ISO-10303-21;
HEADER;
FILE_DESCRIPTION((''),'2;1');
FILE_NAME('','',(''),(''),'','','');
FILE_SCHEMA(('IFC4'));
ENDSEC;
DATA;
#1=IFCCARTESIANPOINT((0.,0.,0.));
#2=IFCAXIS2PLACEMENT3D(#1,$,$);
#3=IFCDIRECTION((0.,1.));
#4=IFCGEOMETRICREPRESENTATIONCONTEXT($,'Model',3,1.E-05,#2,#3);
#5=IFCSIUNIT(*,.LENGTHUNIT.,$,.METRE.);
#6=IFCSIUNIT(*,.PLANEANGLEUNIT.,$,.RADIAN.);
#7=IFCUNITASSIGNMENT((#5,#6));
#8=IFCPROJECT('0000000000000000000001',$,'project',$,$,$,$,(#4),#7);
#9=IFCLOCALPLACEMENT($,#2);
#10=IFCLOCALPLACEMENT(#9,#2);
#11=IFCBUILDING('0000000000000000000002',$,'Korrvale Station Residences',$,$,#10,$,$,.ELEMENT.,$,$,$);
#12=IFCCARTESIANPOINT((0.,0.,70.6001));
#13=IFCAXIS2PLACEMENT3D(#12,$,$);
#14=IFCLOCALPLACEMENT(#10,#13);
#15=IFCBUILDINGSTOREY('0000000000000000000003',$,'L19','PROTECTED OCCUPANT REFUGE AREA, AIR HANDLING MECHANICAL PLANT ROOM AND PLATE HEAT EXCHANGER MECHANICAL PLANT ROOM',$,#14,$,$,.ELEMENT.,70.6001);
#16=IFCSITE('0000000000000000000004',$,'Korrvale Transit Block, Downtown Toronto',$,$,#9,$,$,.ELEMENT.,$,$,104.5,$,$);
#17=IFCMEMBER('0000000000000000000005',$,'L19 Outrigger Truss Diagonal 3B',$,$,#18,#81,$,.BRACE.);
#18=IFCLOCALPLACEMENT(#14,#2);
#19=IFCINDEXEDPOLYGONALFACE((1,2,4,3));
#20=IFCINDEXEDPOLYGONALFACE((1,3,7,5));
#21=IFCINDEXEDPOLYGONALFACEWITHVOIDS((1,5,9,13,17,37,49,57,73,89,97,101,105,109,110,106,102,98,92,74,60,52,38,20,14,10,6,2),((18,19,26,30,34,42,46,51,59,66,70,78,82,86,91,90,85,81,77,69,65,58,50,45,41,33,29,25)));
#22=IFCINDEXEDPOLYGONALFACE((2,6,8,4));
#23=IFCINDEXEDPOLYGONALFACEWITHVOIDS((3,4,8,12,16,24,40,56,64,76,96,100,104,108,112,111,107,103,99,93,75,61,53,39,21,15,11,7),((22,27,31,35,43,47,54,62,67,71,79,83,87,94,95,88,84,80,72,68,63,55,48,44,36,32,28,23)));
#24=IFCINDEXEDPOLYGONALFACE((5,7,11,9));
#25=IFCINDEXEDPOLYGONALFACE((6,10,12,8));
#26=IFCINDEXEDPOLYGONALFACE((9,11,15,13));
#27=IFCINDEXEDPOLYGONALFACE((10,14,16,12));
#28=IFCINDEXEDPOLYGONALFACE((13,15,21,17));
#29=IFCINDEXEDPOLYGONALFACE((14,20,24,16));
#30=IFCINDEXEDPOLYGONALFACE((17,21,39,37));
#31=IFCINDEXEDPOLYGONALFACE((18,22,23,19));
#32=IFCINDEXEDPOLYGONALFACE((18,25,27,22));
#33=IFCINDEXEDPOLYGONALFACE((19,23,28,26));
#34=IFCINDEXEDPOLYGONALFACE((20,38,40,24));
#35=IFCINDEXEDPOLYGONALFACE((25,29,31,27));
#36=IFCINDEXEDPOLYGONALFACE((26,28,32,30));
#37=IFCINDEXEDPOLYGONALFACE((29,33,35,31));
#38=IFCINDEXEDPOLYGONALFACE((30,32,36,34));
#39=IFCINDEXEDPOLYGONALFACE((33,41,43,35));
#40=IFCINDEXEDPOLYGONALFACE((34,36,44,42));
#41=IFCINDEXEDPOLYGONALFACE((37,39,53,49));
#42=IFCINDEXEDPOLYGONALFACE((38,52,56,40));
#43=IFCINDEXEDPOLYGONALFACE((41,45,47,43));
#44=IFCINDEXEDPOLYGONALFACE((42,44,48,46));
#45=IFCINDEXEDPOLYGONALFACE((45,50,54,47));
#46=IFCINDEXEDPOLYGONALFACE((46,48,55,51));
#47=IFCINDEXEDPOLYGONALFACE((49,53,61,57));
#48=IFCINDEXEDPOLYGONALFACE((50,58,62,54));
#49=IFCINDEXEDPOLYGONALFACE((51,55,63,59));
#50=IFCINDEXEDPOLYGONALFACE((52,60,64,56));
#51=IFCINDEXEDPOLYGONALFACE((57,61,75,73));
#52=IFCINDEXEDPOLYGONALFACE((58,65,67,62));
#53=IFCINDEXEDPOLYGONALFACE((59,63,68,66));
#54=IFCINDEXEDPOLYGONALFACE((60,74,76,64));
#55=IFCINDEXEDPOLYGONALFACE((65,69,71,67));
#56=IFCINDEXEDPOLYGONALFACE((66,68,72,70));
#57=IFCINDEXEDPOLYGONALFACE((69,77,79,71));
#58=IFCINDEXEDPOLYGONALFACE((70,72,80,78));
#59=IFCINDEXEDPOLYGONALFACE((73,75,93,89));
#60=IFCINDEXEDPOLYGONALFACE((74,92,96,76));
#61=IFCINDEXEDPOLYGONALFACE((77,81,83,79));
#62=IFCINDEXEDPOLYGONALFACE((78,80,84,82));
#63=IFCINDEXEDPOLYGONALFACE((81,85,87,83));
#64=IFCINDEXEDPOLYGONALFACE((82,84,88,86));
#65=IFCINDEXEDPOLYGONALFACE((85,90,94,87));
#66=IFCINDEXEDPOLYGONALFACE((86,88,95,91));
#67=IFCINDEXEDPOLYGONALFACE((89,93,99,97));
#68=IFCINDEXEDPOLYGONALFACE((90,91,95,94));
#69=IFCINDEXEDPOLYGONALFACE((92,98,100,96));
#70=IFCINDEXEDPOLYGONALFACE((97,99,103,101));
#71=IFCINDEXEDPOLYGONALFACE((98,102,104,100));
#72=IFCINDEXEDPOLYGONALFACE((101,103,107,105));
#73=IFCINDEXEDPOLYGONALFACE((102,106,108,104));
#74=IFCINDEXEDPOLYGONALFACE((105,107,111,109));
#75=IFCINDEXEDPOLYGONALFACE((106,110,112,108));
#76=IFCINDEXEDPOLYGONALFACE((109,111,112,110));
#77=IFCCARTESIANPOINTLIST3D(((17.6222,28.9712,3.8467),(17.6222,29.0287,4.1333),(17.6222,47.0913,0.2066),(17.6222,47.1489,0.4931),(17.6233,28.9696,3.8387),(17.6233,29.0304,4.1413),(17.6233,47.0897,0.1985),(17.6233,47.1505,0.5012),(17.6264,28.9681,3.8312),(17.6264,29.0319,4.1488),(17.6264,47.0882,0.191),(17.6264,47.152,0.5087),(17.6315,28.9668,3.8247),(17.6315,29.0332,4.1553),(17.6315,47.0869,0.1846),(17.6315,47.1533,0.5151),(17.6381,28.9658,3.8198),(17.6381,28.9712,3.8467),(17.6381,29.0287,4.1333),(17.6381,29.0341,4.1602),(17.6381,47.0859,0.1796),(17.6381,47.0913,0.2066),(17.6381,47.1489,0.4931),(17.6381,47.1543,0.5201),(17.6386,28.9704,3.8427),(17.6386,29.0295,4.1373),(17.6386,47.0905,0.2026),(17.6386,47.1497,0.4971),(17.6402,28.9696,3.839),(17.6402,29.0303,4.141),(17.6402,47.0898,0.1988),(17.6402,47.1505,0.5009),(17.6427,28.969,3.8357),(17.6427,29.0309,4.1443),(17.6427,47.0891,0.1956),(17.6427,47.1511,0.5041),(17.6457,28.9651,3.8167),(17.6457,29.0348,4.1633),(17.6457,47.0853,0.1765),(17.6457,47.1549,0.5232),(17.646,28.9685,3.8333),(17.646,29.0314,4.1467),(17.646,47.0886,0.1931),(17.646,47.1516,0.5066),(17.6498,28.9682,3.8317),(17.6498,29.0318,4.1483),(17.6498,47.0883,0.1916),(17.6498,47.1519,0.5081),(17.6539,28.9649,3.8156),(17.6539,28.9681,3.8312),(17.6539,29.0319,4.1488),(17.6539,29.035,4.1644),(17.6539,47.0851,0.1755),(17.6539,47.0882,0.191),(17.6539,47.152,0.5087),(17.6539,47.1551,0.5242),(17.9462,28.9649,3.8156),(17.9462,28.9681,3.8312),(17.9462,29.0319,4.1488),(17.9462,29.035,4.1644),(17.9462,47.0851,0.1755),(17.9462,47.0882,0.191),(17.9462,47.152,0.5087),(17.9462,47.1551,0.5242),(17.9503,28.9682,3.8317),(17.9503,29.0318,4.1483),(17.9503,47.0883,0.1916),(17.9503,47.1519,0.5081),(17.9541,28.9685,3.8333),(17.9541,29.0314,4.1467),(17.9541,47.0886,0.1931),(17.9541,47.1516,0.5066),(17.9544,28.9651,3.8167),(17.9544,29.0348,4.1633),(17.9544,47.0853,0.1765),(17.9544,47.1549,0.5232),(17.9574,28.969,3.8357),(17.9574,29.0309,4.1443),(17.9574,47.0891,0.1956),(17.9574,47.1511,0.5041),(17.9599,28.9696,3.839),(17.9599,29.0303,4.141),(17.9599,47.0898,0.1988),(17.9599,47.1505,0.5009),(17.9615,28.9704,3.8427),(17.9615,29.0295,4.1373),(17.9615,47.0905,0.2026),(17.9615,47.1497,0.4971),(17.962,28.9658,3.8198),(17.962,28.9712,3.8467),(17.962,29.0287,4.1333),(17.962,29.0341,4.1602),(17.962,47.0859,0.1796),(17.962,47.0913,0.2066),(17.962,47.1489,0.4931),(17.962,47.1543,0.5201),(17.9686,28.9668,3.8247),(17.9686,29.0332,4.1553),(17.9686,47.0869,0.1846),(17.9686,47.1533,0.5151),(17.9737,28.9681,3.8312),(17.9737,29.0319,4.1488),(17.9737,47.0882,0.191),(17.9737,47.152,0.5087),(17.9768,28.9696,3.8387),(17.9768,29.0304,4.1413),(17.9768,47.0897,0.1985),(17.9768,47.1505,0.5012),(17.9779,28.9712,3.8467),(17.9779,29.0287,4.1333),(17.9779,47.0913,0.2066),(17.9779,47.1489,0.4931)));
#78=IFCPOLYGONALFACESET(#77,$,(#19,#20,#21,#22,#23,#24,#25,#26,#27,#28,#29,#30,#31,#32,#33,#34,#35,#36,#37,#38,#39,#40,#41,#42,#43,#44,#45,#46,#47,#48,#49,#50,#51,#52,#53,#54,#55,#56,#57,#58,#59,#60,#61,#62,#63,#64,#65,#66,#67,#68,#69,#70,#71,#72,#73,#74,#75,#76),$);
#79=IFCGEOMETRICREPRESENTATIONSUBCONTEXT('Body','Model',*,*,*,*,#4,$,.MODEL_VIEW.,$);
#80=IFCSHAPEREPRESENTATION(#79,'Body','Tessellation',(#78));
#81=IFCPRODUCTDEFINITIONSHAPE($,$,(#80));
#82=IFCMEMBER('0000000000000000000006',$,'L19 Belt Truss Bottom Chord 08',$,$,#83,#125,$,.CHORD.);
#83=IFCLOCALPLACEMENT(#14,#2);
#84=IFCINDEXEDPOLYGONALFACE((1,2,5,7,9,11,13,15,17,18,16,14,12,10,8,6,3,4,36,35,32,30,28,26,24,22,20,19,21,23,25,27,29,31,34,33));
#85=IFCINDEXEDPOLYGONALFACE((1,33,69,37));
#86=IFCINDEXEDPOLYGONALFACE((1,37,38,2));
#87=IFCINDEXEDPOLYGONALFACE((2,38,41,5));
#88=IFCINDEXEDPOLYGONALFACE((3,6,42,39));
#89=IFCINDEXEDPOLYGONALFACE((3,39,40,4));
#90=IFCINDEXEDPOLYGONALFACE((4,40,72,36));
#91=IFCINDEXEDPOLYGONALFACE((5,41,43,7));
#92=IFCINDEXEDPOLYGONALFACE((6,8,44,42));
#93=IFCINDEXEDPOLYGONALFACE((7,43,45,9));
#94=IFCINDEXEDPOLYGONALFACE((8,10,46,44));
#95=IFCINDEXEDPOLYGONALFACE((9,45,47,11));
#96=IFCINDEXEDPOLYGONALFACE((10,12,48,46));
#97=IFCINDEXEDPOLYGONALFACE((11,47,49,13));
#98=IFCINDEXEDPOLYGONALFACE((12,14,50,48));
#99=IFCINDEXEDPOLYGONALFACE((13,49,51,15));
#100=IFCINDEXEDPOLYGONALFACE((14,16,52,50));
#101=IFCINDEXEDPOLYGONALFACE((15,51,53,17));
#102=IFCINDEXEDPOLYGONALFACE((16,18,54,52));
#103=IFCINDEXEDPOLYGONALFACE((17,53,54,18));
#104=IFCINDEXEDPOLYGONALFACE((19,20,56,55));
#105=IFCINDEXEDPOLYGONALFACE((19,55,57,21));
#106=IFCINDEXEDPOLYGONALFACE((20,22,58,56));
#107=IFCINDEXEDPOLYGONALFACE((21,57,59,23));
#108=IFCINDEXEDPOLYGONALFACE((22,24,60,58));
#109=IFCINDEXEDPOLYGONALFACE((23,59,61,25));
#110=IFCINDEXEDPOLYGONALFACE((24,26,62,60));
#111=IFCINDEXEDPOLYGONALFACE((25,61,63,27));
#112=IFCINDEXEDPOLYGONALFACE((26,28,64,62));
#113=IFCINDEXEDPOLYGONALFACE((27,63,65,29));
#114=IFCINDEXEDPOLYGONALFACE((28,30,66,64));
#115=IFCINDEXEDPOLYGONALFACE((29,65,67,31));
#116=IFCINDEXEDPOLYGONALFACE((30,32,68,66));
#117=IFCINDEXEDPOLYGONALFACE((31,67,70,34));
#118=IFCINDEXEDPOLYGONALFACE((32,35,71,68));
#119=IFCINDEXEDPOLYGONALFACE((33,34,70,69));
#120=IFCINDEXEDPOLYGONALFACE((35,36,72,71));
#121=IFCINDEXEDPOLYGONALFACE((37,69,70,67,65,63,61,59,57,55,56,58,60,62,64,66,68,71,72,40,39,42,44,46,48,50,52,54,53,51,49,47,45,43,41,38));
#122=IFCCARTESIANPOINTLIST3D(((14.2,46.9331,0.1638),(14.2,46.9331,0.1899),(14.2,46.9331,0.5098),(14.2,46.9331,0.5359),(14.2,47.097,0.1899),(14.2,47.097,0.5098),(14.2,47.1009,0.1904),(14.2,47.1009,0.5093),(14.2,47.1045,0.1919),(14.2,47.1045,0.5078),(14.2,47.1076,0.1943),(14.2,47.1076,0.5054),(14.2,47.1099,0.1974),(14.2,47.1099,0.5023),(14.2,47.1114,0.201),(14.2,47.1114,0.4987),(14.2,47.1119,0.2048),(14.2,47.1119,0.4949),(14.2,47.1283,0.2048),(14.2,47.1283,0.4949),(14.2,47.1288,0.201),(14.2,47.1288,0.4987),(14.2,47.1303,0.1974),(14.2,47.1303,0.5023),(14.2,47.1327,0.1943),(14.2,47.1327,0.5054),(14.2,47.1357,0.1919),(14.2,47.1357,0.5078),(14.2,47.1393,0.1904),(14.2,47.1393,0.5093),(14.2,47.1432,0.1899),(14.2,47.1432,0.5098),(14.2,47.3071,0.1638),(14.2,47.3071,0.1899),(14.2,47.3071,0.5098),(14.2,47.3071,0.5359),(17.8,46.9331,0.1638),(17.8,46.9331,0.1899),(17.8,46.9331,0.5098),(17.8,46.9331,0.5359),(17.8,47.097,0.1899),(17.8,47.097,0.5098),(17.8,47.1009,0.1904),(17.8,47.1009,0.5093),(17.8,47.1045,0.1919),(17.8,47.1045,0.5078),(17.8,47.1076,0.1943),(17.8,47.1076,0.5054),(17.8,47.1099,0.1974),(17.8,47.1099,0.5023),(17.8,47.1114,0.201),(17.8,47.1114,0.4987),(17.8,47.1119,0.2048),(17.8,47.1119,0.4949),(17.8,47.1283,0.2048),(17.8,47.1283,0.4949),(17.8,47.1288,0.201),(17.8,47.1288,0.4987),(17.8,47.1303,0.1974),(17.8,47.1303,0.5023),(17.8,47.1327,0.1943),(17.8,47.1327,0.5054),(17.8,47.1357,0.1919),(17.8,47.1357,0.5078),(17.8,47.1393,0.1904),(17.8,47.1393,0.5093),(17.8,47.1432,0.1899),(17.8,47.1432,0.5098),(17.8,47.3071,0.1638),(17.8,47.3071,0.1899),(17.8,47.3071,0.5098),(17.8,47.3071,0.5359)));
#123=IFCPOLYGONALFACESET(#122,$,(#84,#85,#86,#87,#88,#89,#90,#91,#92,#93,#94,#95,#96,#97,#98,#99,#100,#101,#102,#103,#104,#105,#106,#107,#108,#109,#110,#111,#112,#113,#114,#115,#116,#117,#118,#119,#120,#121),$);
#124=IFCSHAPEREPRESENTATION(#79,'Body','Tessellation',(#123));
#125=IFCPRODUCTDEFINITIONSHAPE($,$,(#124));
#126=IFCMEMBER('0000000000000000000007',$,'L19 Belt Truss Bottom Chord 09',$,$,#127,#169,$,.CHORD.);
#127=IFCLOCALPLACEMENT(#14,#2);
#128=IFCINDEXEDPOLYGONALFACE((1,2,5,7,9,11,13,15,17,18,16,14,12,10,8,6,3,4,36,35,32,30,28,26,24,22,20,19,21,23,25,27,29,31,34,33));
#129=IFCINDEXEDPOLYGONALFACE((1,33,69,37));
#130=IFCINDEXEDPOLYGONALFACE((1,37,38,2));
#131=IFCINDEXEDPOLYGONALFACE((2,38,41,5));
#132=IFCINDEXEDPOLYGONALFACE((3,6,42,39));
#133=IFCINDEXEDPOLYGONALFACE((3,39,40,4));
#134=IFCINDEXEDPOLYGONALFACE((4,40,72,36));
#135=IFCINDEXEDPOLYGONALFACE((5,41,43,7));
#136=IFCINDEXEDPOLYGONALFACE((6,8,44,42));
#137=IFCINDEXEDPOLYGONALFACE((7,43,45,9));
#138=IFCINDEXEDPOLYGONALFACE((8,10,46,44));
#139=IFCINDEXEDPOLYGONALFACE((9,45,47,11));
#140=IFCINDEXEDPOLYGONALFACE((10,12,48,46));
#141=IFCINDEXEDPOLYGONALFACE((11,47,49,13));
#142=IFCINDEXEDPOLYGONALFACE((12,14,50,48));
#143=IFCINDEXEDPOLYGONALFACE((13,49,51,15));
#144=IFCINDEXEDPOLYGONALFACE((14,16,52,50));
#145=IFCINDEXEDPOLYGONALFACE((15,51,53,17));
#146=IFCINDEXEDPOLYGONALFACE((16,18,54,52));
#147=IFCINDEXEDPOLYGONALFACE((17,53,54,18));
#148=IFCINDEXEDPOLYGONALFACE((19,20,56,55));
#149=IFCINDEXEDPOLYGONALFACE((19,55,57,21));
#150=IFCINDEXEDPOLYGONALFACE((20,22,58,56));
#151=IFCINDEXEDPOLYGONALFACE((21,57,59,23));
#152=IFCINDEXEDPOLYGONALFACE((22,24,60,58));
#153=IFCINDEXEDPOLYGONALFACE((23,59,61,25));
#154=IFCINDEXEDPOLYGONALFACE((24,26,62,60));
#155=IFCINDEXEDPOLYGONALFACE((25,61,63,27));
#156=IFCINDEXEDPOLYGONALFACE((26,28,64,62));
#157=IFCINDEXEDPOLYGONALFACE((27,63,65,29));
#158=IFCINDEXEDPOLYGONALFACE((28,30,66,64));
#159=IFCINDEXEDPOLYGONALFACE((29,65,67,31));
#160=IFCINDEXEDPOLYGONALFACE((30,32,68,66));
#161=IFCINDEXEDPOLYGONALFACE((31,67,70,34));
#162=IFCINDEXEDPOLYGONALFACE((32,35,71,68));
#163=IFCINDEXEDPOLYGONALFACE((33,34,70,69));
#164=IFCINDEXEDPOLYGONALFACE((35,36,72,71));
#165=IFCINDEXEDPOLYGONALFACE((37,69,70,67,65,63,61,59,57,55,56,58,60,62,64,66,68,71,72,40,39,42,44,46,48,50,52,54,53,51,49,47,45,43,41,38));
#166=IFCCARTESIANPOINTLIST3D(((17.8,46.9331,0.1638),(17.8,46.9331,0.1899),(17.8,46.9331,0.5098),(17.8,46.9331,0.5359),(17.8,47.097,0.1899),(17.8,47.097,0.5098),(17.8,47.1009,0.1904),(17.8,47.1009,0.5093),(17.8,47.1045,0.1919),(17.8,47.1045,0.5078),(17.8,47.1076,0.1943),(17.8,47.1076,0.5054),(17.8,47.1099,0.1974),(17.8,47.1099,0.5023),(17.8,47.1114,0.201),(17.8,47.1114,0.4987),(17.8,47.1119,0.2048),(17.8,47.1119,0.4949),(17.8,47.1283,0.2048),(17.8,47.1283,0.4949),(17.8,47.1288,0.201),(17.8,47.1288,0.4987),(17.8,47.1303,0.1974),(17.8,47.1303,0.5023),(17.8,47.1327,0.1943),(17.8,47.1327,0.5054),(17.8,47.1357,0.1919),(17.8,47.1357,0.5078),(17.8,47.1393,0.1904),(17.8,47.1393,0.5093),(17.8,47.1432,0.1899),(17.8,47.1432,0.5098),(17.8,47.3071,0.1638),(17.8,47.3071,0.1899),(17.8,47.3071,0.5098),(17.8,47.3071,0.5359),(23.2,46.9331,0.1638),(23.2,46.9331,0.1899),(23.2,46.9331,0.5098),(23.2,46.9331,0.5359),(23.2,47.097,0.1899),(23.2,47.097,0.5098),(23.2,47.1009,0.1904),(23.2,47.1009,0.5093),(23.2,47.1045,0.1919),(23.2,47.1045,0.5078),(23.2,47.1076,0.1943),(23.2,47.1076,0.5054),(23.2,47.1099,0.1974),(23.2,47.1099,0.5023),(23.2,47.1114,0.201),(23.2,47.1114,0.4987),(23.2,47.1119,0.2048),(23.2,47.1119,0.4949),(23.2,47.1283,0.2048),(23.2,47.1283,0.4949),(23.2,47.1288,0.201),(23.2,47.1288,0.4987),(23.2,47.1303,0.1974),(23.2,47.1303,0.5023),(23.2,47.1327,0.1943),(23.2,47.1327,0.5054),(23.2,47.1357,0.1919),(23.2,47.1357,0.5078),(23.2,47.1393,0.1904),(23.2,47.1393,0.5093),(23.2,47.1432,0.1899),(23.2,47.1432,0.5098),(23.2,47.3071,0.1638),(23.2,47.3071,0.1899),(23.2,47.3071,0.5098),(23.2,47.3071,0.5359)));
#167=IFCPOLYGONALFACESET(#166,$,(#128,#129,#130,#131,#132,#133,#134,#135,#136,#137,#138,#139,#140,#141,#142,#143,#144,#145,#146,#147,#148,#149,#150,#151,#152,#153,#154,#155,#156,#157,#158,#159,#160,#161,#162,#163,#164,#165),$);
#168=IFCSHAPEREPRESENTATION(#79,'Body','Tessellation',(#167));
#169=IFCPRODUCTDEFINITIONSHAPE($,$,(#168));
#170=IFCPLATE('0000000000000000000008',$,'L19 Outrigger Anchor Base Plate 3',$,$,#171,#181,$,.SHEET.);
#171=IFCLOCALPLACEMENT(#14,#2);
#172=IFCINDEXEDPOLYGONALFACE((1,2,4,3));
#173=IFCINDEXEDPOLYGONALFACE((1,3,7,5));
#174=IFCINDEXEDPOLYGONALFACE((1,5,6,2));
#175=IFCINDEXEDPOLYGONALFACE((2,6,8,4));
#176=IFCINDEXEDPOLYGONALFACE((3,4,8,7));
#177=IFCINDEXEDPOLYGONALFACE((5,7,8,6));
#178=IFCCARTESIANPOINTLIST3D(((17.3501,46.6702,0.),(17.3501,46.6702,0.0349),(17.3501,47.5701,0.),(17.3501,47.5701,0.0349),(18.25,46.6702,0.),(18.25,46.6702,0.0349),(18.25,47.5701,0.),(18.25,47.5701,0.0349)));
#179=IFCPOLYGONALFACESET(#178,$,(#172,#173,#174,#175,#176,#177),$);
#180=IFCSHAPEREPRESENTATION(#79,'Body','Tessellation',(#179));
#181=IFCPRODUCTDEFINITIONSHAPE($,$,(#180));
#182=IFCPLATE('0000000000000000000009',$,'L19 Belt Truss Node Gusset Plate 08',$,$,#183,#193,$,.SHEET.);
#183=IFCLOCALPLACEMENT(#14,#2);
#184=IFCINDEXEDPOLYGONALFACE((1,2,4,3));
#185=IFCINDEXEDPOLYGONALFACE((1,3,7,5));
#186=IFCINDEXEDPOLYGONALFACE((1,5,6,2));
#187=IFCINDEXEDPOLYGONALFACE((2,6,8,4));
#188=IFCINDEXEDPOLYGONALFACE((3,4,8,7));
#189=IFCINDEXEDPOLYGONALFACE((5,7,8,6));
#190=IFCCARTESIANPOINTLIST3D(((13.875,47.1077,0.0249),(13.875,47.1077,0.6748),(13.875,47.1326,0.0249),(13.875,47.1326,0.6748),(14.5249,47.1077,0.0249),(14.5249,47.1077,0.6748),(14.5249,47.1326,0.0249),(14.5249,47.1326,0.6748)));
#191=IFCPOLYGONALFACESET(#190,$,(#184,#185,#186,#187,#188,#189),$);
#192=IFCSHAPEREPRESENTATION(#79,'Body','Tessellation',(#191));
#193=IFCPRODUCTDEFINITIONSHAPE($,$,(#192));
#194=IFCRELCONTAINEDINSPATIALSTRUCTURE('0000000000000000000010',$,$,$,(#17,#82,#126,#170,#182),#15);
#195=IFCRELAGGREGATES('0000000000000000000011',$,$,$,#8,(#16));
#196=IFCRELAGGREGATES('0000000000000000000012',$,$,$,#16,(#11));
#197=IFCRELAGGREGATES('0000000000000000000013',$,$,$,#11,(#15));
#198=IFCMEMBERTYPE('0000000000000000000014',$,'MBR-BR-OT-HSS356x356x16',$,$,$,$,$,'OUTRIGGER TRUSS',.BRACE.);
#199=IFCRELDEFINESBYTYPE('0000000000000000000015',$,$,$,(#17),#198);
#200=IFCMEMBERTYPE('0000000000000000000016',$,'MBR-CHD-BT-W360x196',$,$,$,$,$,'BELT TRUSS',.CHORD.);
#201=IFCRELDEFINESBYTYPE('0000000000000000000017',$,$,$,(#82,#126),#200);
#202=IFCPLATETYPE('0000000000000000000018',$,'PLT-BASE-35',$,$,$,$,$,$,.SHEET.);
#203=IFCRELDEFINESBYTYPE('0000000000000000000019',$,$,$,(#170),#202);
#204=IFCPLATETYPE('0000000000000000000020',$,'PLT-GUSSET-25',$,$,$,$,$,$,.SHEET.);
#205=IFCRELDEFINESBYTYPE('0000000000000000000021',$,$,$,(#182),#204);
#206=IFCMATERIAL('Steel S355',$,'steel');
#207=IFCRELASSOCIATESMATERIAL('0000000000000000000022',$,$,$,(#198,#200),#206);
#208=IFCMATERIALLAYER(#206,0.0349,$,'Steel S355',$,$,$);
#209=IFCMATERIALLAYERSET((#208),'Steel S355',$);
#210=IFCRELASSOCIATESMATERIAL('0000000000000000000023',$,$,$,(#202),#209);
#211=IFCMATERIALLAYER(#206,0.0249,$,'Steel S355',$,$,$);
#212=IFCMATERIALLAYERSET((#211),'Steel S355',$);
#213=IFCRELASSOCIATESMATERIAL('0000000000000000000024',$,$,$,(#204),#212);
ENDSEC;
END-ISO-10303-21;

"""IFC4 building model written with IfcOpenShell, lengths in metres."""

from ifc_helpers import new_model, si_unit, direction, frame, origin, origin_2d, place, context, subcontext, project, spatial, rectangle, hollow_rectangle, i_section, extrude, material, layer, layer_set, material_profile, profile_set, type_object, element, save


model = new_model("IFC4")

# Units and contexts
model_context = context("Model", 3, precision=1e-05, world=origin(), true_north=direction((0.0, 1.0)))
body_context = subcontext(model_context, "Body", "Model", "MODEL_VIEW")
ifc_project = project(units=[si_unit("LENGTHUNIT", "METRE"), si_unit("PLANEANGLEUNIT", "RADIAN")], contexts=[model_context])

# Site, building, storey
site_placement = place(None, origin())
site = spatial("IfcSite", under=ifc_project, at=site_placement, Name="Korrvale Transit Block, Downtown Toronto", CompositionType="ELEMENT", RefElevation=104.5)
building_placement = place(site_placement, origin())
building = spatial("IfcBuilding", under=site, at=building_placement, Name="Korrvale Station Residences", CompositionType="ELEMENT")
storey_placement = place(building_placement, frame((0.0, 0.0, 70.6001)))
storey = spatial("IfcBuildingStorey", under=building, at=storey_placement, Name="L19", Description="PROTECTED OCCUPANT REFUGE AREA, AIR HANDLING MECHANICAL PLANT ROOM AND PLATE HEAT EXCHANGER MECHANICAL PLANT ROOM", CompositionType="ELEMENT", Elevation=70.6001)

# Members
ifc_material_1 = material(Name="Steel S355", Category="steel")
ifc_material_profile_1 = material_profile(ifc_material_1, hollow_rectangle(XDim=0.3557, YDim=0.3557, WallThickness=0.0159, InnerFilletRadius=0.0159, OuterFilletRadius=0.0317, at=origin_2d()), Name="HSS356x356x16")
ifc_profile_set_1 = profile_set([ifc_material_profile_1], Name="Steel S355")
member_type_1 = type_object("IfcMemberType", Name="MBR-BR-OT-HSS356x356x16", ElementType="OUTRIGGER TRUSS", PredefinedType="BRACE", material=ifc_profile_set_1)
member_1_placement = place(storey_placement, frame((17.8, 47.1201, 0.3499), z_axis=(0.0, -0.980413, 0.196954), x_axis=(1.0, 0.0, 0.0)))
element("IfcMember", 1, at=member_1_placement, inside=storey, type_object=member_type_1, Name="L19 Outrigger Truss Diagonal 3B", PredefinedType="BRACE", context=body_context, shape_type="SweptSolid", body=[
    extrude(hollow_rectangle(XDim=0.3557, YDim=0.3557, WallThickness=0.0159, InnerFilletRadius=0.0159, OuterFilletRadius=0.0317, at=origin_2d()), origin(), (0.0, 0.0, 1.0), 18.4822),
])
ifc_material_profile_2 = material_profile(ifc_material_1, i_section(OverallWidth=0.374, OverallDepth=0.3721, WebThickness=0.0164, FlangeThickness=0.0261, FilletRadius=0.0149, at=origin_2d()), Name="W360x196")
ifc_profile_set_2 = profile_set([ifc_material_profile_2], Name="Steel S355")
member_type_2 = type_object("IfcMemberType", Name="MBR-CHD-BT-W360x196", ElementType="BELT TRUSS", PredefinedType="CHORD", material=ifc_profile_set_2)
member_2_placement = place(storey_placement, frame((14.2, 47.1201, 0.3499), z_axis=(1.0, 0.0, 0.0), x_axis=(0.0, 1.0, 0.0)))
element("IfcMember", 2, at=member_2_placement, inside=storey, type_object=member_type_2, Name="L19 Belt Truss Bottom Chord 08", PredefinedType="CHORD", context=body_context, shape_type="SweptSolid", body=[
    extrude(i_section(OverallWidth=0.374, OverallDepth=0.3721, WebThickness=0.0164, FlangeThickness=0.0261, FilletRadius=0.0149, at=origin_2d()), origin(), (0.0, 0.0, 1.0), 3.6001),
])
member_3_placement = place(storey_placement, frame((17.8, 47.1201, 0.3499), z_axis=(1.0, 0.0, 0.0), x_axis=(0.0, 1.0, 0.0)))
element("IfcMember", 3, at=member_3_placement, inside=storey, type_object=member_type_2, Name="L19 Belt Truss Bottom Chord 09", PredefinedType="CHORD", context=body_context, shape_type="SweptSolid", body=[
    extrude(i_section(OverallWidth=0.374, OverallDepth=0.3721, WebThickness=0.0164, FlangeThickness=0.0261, FilletRadius=0.0149, at=origin_2d()), origin(), (0.0, 0.0, 1.0), 5.3999),
])

# Plates
ifc_layer_1 = layer(ifc_material_1, 0.0349, Name="Steel S355")
ifc_layer_set_1 = layer_set([ifc_layer_1], Name="Steel S355")
plate_type_1 = type_object("IfcPlateType", Name="PLT-BASE-35", PredefinedType="SHEET", material=ifc_layer_set_1)
plate_placement = place(storey_placement, frame((17.8, 47.1201, 0.0), z_axis=(0.0, 0.0, 1.0), x_axis=(1.0, 0.0, 0.0)))
element("IfcPlate", 4, at=plate_placement, inside=storey, type_object=plate_type_1, Name="L19 Outrigger Anchor Base Plate 3", PredefinedType="SHEET", context=body_context, shape_type="SweptSolid", body=[
    extrude(rectangle(XDim=0.8999, YDim=0.8999, at=origin_2d()), origin(), (0.0, 0.0, 1.0), 0.0349),
])
ifc_layer_2 = layer(ifc_material_1, 0.0249, Name="Steel S355")
ifc_layer_set_2 = layer_set([ifc_layer_2], Name="Steel S355")
plate_type_2 = type_object("IfcPlateType", Name="PLT-GUSSET-25", PredefinedType="SHEET", material=ifc_layer_set_2)
for number, where, z_axis, x_axis, name in (
    (5, (14.2, 47.1201, 0.0249), (0.0, 0.0, 1.0), (1.0, 0.0, 0.0), "L19 Belt Truss Node Gusset Plate 08"),
):
    element("IfcPlate", number, at=place(storey_placement, frame(where, z_axis=z_axis, x_axis=x_axis)), inside=storey, type_object=plate_type_2, Name=name, PredefinedType="SHEET", context=body_context, shape_type="SweptSolid", body=[
        extrude(rectangle(XDim=0.6499, YDim=0.0249, at=origin_2d()), origin(), (0.0, 0.0, 1.0), 0.6499),
    ])

save(model, "model.ifc")
